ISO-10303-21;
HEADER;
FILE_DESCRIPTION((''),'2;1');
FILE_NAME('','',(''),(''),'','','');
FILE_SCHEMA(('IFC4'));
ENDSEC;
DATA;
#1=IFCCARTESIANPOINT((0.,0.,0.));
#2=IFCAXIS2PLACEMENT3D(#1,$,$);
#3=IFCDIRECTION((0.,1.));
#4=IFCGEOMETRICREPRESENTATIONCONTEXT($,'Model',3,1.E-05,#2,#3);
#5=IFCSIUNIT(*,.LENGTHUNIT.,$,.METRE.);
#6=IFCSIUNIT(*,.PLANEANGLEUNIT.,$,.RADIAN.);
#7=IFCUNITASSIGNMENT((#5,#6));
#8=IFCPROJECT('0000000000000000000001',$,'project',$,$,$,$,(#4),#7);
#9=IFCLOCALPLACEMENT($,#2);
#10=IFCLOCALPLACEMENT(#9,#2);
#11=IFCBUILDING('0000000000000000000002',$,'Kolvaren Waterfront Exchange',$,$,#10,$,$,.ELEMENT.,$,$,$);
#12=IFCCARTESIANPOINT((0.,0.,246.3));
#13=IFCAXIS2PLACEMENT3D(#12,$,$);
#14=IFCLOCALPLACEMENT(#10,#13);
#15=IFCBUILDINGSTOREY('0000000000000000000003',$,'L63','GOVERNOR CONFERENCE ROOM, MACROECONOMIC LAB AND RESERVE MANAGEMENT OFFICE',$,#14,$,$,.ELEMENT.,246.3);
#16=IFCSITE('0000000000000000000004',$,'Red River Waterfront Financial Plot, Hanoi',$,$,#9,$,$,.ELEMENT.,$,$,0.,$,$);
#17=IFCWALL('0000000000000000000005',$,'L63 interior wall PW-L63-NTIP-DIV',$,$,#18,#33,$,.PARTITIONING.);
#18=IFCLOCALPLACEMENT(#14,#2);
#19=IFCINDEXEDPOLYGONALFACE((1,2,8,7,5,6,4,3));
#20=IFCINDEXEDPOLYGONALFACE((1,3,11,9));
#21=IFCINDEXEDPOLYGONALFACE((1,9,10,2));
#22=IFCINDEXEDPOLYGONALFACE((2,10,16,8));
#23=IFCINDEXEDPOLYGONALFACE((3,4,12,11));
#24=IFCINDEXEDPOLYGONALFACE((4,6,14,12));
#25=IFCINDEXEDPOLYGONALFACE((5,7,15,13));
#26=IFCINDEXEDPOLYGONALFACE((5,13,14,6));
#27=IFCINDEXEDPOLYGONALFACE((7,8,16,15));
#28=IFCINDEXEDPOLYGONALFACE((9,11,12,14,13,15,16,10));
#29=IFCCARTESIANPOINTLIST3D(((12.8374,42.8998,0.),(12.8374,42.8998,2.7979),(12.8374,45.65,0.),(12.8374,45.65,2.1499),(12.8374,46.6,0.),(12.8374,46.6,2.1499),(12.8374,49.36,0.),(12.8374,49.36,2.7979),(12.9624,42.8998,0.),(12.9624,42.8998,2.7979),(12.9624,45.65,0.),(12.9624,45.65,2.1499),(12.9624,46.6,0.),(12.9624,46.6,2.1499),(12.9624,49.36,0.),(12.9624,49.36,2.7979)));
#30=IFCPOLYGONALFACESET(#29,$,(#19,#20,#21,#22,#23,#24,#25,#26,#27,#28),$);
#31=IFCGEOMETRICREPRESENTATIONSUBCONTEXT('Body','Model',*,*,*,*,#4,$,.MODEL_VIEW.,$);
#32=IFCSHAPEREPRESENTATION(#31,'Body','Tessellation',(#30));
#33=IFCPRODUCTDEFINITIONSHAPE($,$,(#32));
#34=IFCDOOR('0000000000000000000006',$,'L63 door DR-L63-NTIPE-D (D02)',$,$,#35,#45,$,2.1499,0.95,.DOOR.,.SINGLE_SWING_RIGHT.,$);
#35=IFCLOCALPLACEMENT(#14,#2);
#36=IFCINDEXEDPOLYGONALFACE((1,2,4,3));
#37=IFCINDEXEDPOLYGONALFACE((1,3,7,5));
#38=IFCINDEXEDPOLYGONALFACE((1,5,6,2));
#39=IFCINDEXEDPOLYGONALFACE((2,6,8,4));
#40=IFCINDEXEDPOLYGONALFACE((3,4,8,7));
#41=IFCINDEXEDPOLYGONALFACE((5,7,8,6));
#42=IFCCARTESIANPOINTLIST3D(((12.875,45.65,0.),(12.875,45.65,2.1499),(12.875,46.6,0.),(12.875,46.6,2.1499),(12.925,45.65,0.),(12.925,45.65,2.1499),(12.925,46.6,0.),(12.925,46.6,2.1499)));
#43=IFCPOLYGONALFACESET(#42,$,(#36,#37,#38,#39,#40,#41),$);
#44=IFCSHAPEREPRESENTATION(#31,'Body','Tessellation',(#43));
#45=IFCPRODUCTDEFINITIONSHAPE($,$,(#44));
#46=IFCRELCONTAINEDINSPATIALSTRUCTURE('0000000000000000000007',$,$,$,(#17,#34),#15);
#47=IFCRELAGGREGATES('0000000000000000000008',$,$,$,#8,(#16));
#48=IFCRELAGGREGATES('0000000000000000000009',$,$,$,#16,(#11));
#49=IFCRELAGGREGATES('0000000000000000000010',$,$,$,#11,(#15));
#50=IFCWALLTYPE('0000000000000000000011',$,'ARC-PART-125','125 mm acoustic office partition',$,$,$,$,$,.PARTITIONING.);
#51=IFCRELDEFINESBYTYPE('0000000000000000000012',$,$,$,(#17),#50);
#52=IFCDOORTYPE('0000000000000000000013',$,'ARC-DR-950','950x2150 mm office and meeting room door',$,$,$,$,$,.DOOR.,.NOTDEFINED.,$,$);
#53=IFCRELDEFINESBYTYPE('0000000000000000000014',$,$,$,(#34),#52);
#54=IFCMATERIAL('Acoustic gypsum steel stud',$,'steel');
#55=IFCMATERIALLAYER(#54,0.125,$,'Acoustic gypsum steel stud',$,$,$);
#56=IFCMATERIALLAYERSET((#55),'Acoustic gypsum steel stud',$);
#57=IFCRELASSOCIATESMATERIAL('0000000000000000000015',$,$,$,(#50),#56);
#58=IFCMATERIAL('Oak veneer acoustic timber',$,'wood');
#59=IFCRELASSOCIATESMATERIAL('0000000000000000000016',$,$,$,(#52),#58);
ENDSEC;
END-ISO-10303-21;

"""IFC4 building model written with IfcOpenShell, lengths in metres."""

from ifc_helpers import new_model, si_unit, direction, frame, frame_2d, origin, place, context, subcontext, project, spatial, rectangle, extrude, material, layer, layer_set, type_object, element, fill, save


model = new_model("IFC4")

# Units and contexts
model_context = context("Model", 3, precision=1e-05, world=origin(), true_north=direction((0.0, 1.0)))
body_context = subcontext(model_context, "Body", "Model", "MODEL_VIEW")
ifc_project = project(units=[si_unit("LENGTHUNIT", "METRE"), si_unit("PLANEANGLEUNIT", "RADIAN")], contexts=[model_context])

# Site, building, storey
site_placement = place(None, origin())
site = spatial("IfcSite", under=ifc_project, at=site_placement, Name="Red River Waterfront Financial Plot, Hanoi", CompositionType="ELEMENT", RefElevation=0.0)
building_placement = place(site_placement, origin())
building = spatial("IfcBuilding", under=site, at=building_placement, Name="Kolvaren Waterfront Exchange", CompositionType="ELEMENT")
storey_placement = place(building_placement, frame((0.0, 0.0, 246.3)))
storey = spatial("IfcBuildingStorey", under=building, at=storey_placement, Name="L63", Description="GOVERNOR CONFERENCE ROOM, MACROECONOMIC LAB AND RESERVE MANAGEMENT OFFICE", CompositionType="ELEMENT", Elevation=246.3)

# Shared definitions
ifc_material_1 = material(Name="Acoustic gypsum steel stud", Category="steel")
ifc_layer_1 = layer(ifc_material_1, 0.125, Name="Acoustic gypsum steel stud")
ifc_layer_set_1 = layer_set([ifc_layer_1], Name="Acoustic gypsum steel stud")
wall_type_1 = type_object("IfcWallType", Name="ARC-PART-125", Description="125 mm acoustic office partition", PredefinedType="PARTITIONING", material=ifc_layer_set_1)

# Wall, opening, door
wall_1_placement = place(storey_placement, frame((12.8999, 42.8999, 0.0), z_axis=(0.0, 0.0, 1.0), x_axis=(0.0, 1.0, 0.0)))
wall_1 = element("IfcWall", 1, at=wall_1_placement, inside=storey, type_object=wall_type_1, Name="L63 interior wall PW-L63-NTIP-DIV", PredefinedType="PARTITIONING", context=body_context, shape_type="SweptSolid", body=[
    extrude(rectangle(XDim=6.4602, YDim=0.125, at=frame_2d((3.23, 0.0))), origin(), (0.0, 0.0, 1.0), 2.7979),
])
opening_1_placement = place(wall_1_placement, frame((2.75, 0.0, 0.0)))
opening_1 = element("IfcOpeningElement", 2, at=opening_1_placement, cuts=wall_1, PredefinedType="OPENING", context=body_context, shape_type="SweptSolid", body=[
    extrude(rectangle(XDim=0.95, YDim=2.1499, at=frame_2d((0.4751, 1.075))), frame((0.0, 0.0725, 0.0), z_axis=(0.0, -1.0, 0.0), x_axis=(1.0, 0.0, 0.0)), (0.0, 0.0, 1.0), 0.145),
])
ifc_material_2 = material(Name="Oak veneer acoustic timber", Category="wood")
door_type_1 = type_object("IfcDoorType", Name="ARC-DR-950", Description="950x2150 mm office and meeting room door", OperationType="NOTDEFINED", PredefinedType="DOOR", material=ifc_material_2)
door_1_placement = place(opening_1_placement, origin())
door_1 = element("IfcDoor", 3, at=door_1_placement, inside=storey, type_object=door_type_1, Name="L63 door DR-L63-NTIPE-D (D02)", OperationType="SINGLE_SWING_RIGHT", OverallHeight=2.1499, OverallWidth=0.95, PredefinedType="DOOR", context=body_context, shape_type="SweptSolid", body=[
    extrude(rectangle(XDim=0.95, YDim=2.1499, at=frame_2d((0.4751, 1.075))), frame((0.0, 0.0249, 0.0), z_axis=(0.0, -1.0, 0.0), x_axis=(1.0, 0.0, 0.0)), (0.0, 0.0, 1.0), 0.05),
])
fill(opening_1, door_1)

save(model, "model.ifc")
